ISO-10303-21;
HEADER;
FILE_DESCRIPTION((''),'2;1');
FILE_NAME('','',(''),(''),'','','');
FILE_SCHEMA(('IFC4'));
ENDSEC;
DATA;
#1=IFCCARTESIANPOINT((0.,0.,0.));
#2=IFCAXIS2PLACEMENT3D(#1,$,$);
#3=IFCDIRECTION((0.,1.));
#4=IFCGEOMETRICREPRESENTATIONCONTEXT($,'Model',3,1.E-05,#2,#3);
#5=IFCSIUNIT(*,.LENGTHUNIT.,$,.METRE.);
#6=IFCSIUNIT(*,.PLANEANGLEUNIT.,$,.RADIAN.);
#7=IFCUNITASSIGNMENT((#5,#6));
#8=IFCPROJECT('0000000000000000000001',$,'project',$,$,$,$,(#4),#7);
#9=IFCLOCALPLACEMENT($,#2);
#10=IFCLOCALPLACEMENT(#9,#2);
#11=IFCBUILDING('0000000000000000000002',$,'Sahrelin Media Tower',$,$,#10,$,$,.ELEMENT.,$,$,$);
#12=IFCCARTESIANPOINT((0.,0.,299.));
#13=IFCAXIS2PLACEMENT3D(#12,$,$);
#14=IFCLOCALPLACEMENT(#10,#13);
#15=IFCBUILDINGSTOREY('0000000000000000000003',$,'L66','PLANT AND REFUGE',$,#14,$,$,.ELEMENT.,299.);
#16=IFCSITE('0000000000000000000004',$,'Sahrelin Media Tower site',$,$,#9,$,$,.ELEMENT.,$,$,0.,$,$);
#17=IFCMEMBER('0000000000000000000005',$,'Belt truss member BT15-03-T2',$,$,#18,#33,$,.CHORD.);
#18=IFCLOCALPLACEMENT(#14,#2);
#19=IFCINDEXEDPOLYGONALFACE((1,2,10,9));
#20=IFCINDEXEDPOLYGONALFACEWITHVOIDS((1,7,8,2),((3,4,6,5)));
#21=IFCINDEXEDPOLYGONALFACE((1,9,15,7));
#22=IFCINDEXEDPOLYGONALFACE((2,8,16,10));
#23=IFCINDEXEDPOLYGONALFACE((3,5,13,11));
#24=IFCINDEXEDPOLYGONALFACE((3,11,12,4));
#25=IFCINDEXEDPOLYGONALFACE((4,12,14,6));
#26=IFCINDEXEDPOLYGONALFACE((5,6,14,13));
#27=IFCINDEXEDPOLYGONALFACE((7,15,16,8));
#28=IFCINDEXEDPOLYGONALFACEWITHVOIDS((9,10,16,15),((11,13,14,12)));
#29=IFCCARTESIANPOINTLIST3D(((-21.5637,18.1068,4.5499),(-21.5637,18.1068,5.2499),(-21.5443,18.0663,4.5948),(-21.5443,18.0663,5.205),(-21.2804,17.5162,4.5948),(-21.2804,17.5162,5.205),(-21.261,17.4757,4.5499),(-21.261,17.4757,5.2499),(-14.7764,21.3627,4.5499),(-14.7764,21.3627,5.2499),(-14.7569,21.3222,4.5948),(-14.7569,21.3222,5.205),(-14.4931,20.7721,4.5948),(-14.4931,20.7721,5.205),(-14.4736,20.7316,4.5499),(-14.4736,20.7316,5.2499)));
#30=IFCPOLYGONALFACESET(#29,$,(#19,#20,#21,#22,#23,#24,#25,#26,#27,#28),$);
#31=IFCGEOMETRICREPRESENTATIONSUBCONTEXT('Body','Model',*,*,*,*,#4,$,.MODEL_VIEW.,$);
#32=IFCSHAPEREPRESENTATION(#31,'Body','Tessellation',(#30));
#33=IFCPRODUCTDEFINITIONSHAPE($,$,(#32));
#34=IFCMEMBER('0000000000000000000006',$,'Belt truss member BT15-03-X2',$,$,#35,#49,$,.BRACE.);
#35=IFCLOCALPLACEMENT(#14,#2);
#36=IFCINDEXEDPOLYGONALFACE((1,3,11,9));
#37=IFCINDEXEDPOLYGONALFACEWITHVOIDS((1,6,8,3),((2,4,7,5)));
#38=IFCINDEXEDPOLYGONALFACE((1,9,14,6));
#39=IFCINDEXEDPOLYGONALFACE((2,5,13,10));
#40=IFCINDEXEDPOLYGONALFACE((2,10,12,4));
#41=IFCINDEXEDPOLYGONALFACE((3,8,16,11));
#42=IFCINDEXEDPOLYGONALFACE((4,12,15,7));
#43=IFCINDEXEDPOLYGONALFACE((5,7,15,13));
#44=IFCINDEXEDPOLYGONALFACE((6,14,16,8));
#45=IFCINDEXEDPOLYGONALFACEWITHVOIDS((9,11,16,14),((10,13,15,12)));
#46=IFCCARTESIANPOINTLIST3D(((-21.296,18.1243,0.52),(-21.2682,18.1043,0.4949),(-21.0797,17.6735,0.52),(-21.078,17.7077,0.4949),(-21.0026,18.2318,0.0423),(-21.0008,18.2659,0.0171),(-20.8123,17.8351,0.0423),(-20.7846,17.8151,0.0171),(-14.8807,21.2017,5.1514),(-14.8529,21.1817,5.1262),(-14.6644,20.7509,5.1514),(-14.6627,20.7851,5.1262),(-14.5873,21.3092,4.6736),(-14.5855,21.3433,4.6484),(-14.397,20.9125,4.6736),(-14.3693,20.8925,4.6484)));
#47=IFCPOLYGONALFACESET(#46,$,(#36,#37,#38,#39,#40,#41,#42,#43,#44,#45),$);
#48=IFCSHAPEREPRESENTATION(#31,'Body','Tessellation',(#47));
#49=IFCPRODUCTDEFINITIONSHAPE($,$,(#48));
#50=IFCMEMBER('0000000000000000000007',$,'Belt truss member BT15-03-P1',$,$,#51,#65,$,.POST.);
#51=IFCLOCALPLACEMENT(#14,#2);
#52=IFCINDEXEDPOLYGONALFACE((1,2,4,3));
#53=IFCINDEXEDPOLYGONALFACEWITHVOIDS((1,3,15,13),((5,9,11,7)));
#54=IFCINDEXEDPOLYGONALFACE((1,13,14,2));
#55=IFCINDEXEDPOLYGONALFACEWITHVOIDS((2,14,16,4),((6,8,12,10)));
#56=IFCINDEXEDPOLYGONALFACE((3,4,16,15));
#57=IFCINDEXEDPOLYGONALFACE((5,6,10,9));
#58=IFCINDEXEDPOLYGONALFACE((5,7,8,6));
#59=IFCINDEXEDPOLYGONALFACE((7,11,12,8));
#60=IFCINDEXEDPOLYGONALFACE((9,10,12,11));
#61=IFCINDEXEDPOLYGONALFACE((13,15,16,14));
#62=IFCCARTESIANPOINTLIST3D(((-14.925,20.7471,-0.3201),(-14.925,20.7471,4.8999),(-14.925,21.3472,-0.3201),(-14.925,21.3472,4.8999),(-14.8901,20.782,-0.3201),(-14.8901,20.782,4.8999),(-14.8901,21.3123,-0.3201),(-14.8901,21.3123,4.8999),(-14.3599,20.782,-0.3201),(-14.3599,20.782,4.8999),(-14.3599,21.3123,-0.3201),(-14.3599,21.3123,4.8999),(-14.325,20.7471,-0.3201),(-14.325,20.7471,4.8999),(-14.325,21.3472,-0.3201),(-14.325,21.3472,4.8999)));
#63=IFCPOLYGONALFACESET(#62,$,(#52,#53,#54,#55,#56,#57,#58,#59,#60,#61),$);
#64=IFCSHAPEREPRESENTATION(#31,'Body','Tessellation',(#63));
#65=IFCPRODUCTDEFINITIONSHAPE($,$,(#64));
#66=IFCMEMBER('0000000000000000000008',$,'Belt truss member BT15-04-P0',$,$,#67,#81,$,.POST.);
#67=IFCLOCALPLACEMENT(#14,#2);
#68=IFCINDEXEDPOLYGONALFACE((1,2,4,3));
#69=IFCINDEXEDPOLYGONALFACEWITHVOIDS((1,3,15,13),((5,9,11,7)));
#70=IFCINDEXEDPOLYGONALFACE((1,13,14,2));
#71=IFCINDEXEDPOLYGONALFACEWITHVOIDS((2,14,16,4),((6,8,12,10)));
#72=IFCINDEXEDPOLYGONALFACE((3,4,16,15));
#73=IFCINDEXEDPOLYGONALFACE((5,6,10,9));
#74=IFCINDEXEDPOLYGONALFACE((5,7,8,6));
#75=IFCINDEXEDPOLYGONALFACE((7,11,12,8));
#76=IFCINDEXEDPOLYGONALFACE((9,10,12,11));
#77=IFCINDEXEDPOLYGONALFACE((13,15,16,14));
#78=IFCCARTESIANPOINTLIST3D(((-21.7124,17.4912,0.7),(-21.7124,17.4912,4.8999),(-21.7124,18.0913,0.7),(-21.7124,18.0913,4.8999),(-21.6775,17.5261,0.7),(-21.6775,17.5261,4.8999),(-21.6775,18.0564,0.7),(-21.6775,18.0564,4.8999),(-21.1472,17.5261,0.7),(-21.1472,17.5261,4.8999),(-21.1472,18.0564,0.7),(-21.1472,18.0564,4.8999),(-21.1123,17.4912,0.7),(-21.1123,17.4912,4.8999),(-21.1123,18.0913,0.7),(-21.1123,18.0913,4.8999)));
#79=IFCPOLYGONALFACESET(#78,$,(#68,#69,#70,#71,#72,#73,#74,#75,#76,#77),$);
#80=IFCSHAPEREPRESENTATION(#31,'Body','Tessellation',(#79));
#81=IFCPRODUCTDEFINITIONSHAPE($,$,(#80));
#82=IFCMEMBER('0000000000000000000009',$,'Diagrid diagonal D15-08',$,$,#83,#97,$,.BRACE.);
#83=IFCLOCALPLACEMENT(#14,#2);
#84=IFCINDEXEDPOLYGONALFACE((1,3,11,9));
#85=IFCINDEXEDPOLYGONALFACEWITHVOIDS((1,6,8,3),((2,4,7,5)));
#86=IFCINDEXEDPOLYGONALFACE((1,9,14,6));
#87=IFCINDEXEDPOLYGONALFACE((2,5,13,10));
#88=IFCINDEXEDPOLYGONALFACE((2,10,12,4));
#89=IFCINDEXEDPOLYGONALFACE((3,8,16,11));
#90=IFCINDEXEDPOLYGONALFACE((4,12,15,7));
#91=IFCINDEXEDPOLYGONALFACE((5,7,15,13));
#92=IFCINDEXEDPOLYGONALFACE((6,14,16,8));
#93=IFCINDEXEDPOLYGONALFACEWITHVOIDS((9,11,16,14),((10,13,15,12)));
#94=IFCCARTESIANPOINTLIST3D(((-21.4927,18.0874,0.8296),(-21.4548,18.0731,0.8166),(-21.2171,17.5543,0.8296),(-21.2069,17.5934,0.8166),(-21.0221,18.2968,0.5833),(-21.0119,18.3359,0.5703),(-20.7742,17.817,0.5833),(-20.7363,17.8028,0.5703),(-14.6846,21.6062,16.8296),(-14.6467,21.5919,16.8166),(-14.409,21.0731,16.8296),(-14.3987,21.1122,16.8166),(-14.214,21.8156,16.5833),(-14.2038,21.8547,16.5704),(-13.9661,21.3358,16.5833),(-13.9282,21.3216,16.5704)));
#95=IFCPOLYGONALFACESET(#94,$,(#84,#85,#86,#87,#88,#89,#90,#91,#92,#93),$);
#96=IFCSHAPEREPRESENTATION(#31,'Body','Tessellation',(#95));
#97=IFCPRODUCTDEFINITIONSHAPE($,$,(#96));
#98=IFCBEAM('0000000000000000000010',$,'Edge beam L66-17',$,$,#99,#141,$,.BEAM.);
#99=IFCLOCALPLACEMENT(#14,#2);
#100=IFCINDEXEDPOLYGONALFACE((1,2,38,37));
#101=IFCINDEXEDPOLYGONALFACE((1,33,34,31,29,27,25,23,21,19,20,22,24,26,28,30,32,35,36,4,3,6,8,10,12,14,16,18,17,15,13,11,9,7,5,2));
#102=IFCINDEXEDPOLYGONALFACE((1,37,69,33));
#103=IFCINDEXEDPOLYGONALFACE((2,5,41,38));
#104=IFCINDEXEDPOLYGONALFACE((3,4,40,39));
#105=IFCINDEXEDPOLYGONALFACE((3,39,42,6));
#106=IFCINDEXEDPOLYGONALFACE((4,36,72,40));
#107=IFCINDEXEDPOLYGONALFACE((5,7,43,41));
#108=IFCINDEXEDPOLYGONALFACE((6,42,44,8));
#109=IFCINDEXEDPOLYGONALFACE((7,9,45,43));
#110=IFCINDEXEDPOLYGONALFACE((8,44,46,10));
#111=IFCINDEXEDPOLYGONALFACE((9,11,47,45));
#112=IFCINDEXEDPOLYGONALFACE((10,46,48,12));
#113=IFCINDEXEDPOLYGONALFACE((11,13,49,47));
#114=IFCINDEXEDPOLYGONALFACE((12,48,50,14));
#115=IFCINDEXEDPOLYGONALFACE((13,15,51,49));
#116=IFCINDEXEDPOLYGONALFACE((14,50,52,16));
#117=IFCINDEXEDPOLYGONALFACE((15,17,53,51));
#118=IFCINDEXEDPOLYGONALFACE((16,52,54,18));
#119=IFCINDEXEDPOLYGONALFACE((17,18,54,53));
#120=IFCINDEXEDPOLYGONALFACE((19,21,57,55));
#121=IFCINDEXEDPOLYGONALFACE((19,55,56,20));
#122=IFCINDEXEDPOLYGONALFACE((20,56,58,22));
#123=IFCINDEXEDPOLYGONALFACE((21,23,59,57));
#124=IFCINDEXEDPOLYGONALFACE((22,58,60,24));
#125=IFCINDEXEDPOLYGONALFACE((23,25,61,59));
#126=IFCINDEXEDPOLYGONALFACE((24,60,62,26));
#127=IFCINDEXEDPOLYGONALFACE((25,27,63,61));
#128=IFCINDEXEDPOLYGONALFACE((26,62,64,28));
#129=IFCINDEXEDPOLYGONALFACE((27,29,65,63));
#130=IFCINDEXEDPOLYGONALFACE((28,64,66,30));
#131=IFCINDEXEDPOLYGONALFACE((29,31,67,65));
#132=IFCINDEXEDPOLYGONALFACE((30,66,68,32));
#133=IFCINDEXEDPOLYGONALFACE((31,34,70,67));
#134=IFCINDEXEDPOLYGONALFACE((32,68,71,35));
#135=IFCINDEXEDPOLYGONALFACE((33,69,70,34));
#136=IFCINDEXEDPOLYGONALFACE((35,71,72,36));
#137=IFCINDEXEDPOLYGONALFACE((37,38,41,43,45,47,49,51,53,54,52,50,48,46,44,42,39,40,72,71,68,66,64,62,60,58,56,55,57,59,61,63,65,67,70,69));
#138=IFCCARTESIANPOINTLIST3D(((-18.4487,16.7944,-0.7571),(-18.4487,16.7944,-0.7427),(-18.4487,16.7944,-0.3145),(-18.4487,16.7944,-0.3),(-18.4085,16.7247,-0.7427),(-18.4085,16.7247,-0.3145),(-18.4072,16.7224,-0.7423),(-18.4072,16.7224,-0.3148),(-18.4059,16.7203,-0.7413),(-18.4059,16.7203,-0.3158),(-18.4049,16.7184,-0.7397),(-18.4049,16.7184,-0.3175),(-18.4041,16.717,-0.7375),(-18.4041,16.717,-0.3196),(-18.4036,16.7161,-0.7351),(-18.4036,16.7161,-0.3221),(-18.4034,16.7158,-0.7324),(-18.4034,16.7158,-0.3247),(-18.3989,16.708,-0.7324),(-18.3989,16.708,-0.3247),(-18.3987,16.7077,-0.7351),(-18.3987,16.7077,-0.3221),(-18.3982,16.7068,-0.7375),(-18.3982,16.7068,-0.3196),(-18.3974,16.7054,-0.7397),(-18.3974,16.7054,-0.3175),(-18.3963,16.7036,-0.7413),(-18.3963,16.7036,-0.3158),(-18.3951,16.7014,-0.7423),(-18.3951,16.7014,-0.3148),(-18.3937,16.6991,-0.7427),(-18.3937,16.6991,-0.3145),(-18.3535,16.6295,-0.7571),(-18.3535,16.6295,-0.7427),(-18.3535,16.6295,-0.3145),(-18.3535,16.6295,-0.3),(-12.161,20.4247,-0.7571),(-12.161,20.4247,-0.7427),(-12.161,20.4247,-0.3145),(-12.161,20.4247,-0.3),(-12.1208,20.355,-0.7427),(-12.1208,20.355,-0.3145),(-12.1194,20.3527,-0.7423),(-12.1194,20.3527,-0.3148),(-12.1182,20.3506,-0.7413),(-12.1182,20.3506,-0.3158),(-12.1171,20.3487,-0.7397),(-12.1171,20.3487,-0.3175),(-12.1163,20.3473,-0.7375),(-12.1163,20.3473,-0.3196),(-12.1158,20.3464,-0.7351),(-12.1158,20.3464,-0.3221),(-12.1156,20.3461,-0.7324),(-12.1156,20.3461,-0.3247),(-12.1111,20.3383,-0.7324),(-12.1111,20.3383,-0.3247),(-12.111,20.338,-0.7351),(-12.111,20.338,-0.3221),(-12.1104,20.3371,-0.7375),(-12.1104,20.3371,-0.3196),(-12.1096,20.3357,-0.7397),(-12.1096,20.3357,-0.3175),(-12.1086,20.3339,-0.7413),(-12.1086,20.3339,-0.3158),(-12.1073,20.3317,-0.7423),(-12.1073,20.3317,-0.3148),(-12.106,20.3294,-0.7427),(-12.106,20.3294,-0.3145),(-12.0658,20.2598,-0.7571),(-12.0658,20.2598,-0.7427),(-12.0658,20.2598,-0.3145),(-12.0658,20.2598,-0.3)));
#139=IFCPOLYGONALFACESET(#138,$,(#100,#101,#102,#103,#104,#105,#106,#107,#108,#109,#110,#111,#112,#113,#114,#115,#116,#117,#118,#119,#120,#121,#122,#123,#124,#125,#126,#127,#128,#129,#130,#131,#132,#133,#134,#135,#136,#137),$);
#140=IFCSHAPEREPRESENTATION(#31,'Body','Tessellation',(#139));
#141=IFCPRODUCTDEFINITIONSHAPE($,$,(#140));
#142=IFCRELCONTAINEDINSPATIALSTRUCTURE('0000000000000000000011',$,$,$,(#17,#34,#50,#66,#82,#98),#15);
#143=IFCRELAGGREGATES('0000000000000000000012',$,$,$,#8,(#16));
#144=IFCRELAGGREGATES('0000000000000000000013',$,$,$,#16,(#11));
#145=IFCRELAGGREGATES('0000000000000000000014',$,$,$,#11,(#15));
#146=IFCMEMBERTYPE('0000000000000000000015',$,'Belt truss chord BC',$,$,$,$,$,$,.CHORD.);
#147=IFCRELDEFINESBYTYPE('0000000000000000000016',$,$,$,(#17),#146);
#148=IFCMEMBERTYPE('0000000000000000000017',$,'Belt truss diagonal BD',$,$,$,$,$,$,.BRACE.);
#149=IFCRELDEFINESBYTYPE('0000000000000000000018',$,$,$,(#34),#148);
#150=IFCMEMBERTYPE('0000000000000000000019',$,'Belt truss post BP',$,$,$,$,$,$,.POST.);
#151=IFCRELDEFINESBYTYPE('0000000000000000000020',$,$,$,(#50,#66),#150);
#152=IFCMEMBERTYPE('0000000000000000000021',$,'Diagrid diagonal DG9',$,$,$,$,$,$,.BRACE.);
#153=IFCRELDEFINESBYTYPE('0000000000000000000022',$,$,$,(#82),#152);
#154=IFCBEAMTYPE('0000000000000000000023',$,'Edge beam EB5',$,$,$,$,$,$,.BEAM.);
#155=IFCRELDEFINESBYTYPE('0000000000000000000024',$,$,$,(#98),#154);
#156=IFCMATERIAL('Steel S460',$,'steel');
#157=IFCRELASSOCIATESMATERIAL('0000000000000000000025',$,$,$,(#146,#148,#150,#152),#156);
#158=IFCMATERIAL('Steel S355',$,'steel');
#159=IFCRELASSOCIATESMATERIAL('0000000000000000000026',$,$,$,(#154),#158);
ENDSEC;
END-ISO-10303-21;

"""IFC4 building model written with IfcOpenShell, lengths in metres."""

from ifc_helpers import new_model, si_unit, direction, frame, origin, origin_2d, place, context, subcontext, project, spatial, hollow_rectangle, i_section, extrude, material, material_profile, profile_set, type_object, element, save


model = new_model("IFC4")

# Units and contexts
model_context = context("Model", 3, precision=1e-05, world=origin(), true_north=direction((0.0, 1.0)))
body_context = subcontext(model_context, "Body", "Model", "MODEL_VIEW")
ifc_project = project(units=[si_unit("LENGTHUNIT", "METRE"), si_unit("PLANEANGLEUNIT", "RADIAN")], contexts=[model_context])

# Site, building, storey
site_placement = place(None, origin())
site = spatial("IfcSite", under=ifc_project, at=site_placement, Name="Sahrelin Media Tower site", CompositionType="ELEMENT", RefElevation=0.0)
building_placement = place(site_placement, origin())
building = spatial("IfcBuilding", under=site, at=building_placement, Name="Sahrelin Media Tower", CompositionType="ELEMENT")
storey_placement = place(building_placement, frame((0.0, 0.0, 299.0)))
storey = spatial("IfcBuildingStorey", under=building, at=storey_placement, Name="L66", Description="PLANT AND REFUGE", CompositionType="ELEMENT", Elevation=299.0)

# Members
ifc_material_1 = material(Name="Steel S460", Category="steel")
ifc_material_profile_1 = material_profile(ifc_material_1, hollow_rectangle(XDim=0.7, YDim=0.7, WallThickness=0.0449, at=origin_2d()), Name="Belt truss chord BC")
ifc_profile_set_1 = profile_set([ifc_material_profile_1], Name="Steel S460")
member_type_1 = type_object("IfcMemberType", Name="Belt truss chord BC", PredefinedType="CHORD", material=ifc_profile_set_1)
member_1_placement = place(storey_placement, frame((-14.625, 21.0471, 4.8999), z_axis=(-0.90163, -0.432508, 0.0), x_axis=(0.432508, -0.90163, 0.0)))
element("IfcMember", 1, at=member_1_placement, inside=storey, type_object=member_type_1, Name="Belt truss member BT15-03-T2", PredefinedType="CHORD", context=body_context, shape_type="SweptSolid", body=[
    extrude(hollow_rectangle(XDim=0.7, YDim=0.7, WallThickness=0.0449, at=origin_2d()), origin(), (0.0, 0.0, 1.0), 7.5278),
])
ifc_material_profile_2 = material_profile(ifc_material_1, hollow_rectangle(XDim=0.5, YDim=0.6001, WallThickness=0.03, at=origin_2d()), Name="Belt truss diagonal BD")
ifc_profile_set_2 = profile_set([ifc_material_profile_2], Name="Steel S460")
member_type_2 = type_object("IfcMemberType", Name="Belt truss diagonal BD", PredefinedType="BRACE", material=ifc_profile_set_2)
member_2_placement = place(storey_placement, frame((-21.0403, 17.9697, 0.2686), z_axis=(0.755652, 0.362484, 0.545523), x_axis=(-0.432509, 0.90163, 0.0)))
element("IfcMember", 2, at=member_2_placement, inside=storey, type_object=member_type_2, Name="Belt truss member BT15-03-X2", PredefinedType="BRACE", context=body_context, shape_type="SweptSolid", body=[
    extrude(hollow_rectangle(XDim=0.5, YDim=0.6001, WallThickness=0.03, at=origin_2d()), origin(), (0.0, 0.0, 1.0), 8.4897),
])
ifc_material_profile_3 = material_profile(ifc_material_1, hollow_rectangle(XDim=0.6001, YDim=0.6001, WallThickness=0.0349, at=origin_2d()), Name="Belt truss post BP")
ifc_profile_set_3 = profile_set([ifc_material_profile_3], Name="Steel S460")
member_type_3 = type_object("IfcMemberType", Name="Belt truss post BP", PredefinedType="POST", material=ifc_profile_set_3)
member_3_placement = place(storey_placement, frame((-14.625, 21.0471, -0.3201), z_axis=(0.0, 0.0, 1.0), x_axis=(1.0, 0.0, 0.0)))
element("IfcMember", 3, at=member_3_placement, inside=storey, type_object=member_type_3, Name="Belt truss member BT15-03-P1", PredefinedType="POST", context=body_context, shape_type="SweptSolid", body=[
    extrude(hollow_rectangle(XDim=0.6001, YDim=0.6001, WallThickness=0.0349, at=origin_2d()), origin(), (0.0, 0.0, 1.0), 5.22),
])
member_4_placement = place(storey_placement, frame((-21.4124, 17.7913, 0.7), z_axis=(0.0, 0.0, 1.0), x_axis=(1.0, 0.0, 0.0)))
element("IfcMember", 4, at=member_4_placement, inside=storey, type_object=member_type_3, Name="Belt truss member BT15-04-P0", PredefinedType="POST", context=body_context, shape_type="SweptSolid", body=[
    extrude(hollow_rectangle(XDim=0.6001, YDim=0.6001, WallThickness=0.0349, at=origin_2d()), origin(), (0.0, 0.0, 1.0), 4.2),
])
ifc_material_profile_4 = material_profile(ifc_material_1, hollow_rectangle(XDim=0.6001, YDim=0.6001, WallThickness=0.03, at=origin_2d()), Name="Diagrid diagonal DG9")
ifc_profile_set_4 = profile_set([ifc_material_profile_4], Name="Steel S460")
member_type_4 = type_object("IfcMemberType", Name="Diagrid diagonal DG9", PredefinedType="BRACE", material=ifc_profile_set_4)
member_5_placement = place(storey_placement, frame((-21.1145, 17.9451, 0.7), z_axis=(0.383756, 0.198346, 0.901881), x_axis=(-0.459152, 0.888358, 0.0)))
element("IfcMember", 5, at=member_5_placement, inside=storey, type_object=member_type_4, Name="Diagrid diagonal D15-08", PredefinedType="BRACE", context=body_context, shape_type="SweptSolid", body=[
    extrude(hollow_rectangle(XDim=0.6001, YDim=0.6001, WallThickness=0.03, at=origin_2d()), origin(), (0.0, 0.0, 1.0), 17.7407),
])

# Beam
ifc_material_2 = material(Name="Steel S355", Category="steel")
ifc_material_profile_5 = material_profile(ifc_material_2, i_section(OverallWidth=0.1904, OverallDepth=0.457, WebThickness=0.009, FlangeThickness=0.0144, FilletRadius=0.0103, at=origin_2d()), Name="UB 457x191x74")
ifc_profile_set_5 = profile_set([ifc_material_profile_5], Name="Steel S355")
beam_type_1 = type_object("IfcBeamType", Name="Edge beam EB5", PredefinedType="BEAM", material=ifc_profile_set_5)
beam_1_placement = place(storey_placement, frame((-18.4011, 16.7119, -0.5286), z_axis=(0.86602, 0.500009, 0.0), x_axis=(-0.500009, 0.86602, 0.0)))
element("IfcBeam", 6, at=beam_1_placement, inside=storey, type_object=beam_type_1, Name="Edge beam L66-17", PredefinedType="BEAM", context=body_context, shape_type="SweptSolid", body=[
    extrude(i_section(OverallWidth=0.1904, OverallDepth=0.457, WebThickness=0.009, FlangeThickness=0.0144, FilletRadius=0.0103, at=origin_2d()), origin(), (0.0, 0.0, 1.0), 7.2605),
])

save(model, "model.ifc")
